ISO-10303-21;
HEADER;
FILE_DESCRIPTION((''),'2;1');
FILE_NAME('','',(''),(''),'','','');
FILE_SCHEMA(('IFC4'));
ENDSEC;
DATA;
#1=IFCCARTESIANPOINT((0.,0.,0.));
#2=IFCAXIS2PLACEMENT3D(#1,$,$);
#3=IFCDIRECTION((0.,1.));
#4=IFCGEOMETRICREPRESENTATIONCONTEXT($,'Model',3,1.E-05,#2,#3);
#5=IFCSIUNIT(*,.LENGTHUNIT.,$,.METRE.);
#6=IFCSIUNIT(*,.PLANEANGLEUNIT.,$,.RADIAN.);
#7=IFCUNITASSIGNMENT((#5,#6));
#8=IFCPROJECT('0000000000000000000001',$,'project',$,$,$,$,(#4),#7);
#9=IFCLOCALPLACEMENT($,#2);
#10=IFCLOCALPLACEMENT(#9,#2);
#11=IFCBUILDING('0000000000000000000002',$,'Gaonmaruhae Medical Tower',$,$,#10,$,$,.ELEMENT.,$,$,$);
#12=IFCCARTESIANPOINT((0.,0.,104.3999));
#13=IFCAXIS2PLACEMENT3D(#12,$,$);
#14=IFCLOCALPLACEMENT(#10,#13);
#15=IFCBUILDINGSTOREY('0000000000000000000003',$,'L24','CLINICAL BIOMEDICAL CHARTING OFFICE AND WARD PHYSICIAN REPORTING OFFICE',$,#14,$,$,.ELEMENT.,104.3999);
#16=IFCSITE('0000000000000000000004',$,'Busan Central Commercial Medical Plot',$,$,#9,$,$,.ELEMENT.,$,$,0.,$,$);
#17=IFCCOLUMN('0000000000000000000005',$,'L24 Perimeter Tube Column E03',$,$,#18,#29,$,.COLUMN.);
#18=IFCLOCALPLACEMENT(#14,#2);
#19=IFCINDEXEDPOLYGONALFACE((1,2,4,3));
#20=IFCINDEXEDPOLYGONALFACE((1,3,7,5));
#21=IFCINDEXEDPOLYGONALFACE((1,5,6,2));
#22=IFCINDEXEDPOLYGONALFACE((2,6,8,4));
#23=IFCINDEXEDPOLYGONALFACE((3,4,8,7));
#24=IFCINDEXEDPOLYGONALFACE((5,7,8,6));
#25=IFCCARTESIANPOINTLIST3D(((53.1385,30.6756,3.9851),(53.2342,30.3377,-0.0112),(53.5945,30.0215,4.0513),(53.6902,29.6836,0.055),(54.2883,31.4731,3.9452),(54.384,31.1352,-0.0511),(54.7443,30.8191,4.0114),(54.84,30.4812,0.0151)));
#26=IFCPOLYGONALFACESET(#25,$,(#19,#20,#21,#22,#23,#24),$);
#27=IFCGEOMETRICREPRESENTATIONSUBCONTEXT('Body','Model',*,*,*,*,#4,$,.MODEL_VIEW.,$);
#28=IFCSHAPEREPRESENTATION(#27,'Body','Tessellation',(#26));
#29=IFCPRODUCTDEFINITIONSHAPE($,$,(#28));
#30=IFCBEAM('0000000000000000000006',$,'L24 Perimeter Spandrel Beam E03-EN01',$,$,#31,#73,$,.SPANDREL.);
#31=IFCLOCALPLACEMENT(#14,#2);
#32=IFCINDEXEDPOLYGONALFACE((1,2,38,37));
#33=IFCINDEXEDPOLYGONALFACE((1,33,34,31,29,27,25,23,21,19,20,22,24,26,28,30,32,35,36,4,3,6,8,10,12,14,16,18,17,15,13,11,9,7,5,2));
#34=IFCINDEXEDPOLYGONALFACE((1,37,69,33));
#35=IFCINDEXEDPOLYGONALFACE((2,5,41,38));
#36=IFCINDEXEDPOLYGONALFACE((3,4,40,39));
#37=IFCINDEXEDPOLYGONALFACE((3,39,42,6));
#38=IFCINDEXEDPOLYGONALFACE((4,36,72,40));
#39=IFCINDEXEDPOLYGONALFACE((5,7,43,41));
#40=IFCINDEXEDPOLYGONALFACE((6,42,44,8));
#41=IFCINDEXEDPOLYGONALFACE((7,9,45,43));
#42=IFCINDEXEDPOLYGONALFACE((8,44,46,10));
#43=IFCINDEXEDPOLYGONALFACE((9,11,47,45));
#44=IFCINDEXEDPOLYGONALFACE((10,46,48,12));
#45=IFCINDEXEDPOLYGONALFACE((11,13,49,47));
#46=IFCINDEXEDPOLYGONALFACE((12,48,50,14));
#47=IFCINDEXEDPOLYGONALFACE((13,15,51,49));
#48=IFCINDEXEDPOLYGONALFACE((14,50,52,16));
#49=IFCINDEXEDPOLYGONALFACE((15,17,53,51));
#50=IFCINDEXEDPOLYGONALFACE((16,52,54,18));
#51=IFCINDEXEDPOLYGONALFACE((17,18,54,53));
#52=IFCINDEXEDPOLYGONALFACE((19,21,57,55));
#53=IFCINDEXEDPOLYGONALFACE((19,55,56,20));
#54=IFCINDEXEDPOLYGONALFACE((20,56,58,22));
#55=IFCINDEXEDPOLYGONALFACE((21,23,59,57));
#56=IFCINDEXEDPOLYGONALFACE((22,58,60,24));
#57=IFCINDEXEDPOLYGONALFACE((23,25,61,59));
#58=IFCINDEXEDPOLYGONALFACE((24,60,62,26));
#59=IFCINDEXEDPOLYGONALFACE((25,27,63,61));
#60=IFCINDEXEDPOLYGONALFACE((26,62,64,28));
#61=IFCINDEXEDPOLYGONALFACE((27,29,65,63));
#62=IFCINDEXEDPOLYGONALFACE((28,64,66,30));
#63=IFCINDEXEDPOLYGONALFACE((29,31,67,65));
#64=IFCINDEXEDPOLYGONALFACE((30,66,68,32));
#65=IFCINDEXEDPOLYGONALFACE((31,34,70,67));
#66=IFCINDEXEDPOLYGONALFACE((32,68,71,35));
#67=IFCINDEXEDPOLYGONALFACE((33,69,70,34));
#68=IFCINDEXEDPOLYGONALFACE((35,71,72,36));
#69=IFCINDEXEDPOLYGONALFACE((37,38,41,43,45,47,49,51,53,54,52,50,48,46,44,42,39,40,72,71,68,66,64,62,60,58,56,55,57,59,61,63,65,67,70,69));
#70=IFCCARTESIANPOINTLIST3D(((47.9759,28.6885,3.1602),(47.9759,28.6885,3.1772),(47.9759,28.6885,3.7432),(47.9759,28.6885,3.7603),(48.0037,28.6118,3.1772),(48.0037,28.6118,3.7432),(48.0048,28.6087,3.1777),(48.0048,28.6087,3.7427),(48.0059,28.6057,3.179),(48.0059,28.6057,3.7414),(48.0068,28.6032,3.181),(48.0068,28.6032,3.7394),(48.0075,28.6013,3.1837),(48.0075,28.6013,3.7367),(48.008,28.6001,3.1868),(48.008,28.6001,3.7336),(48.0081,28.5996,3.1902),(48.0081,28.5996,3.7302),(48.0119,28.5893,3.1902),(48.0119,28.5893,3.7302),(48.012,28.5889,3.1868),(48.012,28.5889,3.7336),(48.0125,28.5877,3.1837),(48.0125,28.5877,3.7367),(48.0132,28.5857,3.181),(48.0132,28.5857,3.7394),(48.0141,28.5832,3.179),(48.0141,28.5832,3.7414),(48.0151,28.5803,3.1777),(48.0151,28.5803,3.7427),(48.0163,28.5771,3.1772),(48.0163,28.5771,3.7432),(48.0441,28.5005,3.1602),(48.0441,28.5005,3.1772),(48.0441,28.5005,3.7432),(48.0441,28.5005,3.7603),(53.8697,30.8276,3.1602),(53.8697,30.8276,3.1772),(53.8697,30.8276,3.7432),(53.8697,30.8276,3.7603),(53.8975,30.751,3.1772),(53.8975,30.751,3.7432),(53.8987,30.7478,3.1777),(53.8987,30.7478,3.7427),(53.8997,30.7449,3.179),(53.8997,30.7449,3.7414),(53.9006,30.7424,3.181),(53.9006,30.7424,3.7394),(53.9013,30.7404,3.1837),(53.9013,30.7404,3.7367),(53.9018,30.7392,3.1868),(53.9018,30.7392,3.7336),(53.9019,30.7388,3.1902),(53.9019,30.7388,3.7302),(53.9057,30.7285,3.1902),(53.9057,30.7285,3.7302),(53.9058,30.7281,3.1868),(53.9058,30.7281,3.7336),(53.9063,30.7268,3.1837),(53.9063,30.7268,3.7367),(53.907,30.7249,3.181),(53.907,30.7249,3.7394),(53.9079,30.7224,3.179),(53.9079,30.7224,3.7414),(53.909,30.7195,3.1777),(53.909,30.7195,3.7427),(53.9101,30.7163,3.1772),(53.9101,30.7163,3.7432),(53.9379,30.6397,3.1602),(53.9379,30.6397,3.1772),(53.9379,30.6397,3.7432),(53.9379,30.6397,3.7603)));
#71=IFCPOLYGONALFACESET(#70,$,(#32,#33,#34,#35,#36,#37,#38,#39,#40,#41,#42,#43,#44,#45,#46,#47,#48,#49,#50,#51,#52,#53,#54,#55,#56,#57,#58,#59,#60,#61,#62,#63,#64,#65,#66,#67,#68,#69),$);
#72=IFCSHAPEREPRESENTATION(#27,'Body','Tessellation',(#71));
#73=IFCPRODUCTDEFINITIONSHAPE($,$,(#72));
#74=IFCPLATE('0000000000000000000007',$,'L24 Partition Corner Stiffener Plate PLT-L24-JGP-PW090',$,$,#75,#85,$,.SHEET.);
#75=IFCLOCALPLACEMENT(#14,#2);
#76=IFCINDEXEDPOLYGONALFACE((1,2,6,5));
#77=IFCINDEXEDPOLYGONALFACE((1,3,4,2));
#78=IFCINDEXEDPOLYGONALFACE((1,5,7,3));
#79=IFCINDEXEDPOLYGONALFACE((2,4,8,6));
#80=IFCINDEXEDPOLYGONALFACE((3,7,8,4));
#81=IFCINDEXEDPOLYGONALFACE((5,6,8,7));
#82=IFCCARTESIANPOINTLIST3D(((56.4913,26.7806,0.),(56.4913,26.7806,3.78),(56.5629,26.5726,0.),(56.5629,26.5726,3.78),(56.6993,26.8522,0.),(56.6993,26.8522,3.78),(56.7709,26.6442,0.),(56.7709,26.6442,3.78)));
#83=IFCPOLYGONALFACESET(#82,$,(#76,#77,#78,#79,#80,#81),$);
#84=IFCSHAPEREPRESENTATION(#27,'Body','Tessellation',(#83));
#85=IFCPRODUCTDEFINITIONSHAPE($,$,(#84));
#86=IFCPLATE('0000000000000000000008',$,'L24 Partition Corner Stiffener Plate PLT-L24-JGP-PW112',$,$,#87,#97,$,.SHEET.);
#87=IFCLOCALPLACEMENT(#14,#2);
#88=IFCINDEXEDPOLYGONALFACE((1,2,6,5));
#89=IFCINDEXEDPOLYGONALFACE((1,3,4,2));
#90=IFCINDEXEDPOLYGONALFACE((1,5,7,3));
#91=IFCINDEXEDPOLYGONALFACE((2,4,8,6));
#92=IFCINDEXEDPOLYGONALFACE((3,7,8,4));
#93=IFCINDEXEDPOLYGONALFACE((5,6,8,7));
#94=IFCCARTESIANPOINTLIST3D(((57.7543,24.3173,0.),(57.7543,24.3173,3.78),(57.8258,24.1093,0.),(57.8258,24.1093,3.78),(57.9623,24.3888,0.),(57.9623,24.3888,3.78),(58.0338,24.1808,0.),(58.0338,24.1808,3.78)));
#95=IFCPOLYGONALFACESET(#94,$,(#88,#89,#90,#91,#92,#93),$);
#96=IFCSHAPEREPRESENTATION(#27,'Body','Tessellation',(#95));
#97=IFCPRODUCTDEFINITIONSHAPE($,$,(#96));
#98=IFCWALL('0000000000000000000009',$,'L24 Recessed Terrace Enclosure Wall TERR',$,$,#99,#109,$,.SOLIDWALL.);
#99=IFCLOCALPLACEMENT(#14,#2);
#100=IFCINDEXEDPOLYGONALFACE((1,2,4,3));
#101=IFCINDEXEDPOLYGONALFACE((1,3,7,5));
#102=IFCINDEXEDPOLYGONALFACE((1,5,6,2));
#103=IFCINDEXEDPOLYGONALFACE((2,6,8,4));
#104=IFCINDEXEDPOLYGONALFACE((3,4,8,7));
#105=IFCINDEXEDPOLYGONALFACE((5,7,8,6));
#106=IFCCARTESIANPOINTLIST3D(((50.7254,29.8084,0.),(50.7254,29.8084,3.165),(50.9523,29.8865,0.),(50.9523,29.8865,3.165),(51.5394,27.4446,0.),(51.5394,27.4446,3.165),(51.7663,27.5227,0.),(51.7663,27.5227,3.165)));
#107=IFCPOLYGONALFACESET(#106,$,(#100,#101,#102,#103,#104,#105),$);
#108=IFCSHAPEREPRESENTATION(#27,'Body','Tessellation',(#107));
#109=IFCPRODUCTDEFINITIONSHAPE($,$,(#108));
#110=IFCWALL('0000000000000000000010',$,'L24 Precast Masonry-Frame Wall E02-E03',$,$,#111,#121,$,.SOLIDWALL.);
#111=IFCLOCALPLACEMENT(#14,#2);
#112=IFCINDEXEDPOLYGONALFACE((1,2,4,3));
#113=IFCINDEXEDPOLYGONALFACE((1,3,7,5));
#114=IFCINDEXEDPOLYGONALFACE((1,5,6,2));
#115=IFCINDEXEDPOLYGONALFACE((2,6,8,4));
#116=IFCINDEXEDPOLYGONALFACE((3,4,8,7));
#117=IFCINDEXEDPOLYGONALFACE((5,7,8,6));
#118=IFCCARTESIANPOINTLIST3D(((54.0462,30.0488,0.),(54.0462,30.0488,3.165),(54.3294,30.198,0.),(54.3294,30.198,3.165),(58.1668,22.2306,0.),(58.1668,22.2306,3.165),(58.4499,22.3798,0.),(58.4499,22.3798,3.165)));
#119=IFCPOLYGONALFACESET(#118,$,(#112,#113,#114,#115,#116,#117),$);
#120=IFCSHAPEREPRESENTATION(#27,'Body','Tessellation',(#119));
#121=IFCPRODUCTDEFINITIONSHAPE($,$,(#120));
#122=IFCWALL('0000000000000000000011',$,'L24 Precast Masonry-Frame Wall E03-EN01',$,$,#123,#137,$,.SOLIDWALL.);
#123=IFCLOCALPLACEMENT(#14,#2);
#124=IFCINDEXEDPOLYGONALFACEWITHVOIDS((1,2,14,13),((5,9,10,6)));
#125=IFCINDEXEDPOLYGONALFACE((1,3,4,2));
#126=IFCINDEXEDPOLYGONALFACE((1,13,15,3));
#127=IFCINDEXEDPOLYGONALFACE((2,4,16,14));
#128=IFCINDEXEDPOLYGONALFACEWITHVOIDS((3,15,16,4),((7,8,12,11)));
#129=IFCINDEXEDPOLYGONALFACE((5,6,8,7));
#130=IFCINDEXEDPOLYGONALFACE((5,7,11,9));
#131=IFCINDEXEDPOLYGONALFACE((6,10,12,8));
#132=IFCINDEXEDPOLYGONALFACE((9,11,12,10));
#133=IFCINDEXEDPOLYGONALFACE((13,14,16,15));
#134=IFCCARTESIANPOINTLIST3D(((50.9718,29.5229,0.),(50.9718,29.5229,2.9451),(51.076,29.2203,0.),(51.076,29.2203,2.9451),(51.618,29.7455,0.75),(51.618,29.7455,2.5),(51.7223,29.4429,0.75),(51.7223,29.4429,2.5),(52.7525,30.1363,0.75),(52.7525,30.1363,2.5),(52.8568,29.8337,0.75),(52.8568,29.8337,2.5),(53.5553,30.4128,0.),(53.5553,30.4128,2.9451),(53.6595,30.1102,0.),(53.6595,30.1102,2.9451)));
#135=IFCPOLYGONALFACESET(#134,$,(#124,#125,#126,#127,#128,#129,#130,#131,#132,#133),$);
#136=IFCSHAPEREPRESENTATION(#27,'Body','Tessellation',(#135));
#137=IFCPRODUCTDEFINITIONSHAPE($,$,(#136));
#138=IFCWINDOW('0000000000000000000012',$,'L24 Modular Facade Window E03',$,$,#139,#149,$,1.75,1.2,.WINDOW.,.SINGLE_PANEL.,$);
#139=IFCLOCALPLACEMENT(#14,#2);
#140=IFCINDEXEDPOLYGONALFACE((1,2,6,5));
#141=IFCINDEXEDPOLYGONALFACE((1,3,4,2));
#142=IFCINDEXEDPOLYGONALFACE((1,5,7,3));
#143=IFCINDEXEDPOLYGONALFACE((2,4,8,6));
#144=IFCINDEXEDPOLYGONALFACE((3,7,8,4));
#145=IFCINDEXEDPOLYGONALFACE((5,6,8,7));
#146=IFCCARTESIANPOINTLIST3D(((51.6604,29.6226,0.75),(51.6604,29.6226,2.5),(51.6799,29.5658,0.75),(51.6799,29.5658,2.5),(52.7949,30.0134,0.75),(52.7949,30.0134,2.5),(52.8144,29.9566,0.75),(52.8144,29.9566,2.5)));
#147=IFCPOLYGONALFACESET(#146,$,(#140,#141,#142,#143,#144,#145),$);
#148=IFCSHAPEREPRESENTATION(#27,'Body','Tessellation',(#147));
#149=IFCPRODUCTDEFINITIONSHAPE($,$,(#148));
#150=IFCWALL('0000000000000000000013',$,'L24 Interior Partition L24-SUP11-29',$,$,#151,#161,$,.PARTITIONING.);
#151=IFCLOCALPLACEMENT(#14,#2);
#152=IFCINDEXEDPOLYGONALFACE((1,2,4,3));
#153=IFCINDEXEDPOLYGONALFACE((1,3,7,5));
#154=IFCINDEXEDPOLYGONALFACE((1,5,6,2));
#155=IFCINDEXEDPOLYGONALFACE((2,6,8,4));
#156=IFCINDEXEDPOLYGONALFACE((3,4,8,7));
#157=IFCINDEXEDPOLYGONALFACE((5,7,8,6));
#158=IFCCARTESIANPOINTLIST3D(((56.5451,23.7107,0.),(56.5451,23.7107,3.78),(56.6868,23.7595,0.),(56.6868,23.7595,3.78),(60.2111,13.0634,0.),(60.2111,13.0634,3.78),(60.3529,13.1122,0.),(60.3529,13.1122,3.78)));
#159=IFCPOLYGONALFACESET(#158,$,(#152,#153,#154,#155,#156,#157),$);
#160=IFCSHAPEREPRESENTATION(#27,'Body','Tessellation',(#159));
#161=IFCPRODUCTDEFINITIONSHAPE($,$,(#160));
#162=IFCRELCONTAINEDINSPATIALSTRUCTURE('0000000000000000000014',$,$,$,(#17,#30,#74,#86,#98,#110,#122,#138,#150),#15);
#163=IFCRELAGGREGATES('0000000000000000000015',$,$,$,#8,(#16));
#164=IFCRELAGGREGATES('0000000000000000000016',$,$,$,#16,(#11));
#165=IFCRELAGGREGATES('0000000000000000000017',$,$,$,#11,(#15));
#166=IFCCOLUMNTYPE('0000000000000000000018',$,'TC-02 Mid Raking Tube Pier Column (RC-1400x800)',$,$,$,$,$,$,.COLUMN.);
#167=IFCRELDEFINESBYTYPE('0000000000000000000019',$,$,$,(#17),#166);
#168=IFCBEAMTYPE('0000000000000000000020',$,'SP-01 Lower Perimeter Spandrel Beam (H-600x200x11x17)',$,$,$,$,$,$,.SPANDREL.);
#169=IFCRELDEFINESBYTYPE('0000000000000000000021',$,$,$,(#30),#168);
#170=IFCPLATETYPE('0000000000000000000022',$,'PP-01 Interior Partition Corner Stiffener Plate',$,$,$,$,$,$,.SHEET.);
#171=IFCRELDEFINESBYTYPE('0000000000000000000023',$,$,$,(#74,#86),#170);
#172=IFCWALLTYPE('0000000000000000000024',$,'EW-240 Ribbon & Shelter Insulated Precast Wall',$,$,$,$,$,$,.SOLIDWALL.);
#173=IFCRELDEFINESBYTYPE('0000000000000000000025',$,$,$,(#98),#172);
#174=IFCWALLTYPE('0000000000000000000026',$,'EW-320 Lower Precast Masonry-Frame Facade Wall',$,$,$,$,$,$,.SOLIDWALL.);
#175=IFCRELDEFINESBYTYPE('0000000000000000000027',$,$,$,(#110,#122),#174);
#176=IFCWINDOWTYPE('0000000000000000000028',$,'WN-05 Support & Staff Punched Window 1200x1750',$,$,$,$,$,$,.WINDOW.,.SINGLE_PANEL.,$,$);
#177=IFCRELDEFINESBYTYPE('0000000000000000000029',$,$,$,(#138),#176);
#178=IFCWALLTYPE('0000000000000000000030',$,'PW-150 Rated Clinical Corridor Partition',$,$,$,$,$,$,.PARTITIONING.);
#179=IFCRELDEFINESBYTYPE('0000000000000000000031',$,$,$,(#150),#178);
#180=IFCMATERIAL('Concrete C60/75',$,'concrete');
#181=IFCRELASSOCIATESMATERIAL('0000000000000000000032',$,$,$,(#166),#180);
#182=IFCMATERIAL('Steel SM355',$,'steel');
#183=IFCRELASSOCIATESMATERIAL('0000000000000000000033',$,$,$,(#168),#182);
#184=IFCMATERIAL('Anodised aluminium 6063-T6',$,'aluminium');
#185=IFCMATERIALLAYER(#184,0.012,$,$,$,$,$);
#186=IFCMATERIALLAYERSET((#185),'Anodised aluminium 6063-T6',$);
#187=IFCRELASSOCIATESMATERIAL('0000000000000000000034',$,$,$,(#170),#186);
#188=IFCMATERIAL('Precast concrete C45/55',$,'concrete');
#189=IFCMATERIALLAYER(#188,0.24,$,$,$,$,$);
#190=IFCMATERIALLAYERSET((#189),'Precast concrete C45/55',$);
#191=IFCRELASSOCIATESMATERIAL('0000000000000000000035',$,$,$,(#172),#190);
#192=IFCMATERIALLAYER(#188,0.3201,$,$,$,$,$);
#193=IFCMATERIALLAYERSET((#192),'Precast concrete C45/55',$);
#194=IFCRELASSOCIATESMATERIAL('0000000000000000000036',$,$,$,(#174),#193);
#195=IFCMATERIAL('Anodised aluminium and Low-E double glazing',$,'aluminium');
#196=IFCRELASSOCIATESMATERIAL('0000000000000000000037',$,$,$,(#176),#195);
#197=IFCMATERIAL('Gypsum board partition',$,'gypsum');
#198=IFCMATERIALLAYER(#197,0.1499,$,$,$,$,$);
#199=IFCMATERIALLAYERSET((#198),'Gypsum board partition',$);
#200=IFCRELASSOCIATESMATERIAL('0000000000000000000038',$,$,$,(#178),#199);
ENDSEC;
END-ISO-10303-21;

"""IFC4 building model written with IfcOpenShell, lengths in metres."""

from ifc_helpers import new_model, si_unit, direction, frame, frame_2d, origin, origin_2d, place, context, subcontext, project, spatial, rectangle, i_section, extrude, material, layer, layer_set, material_profile, profile_set, type_object, element, fill, save


model = new_model("IFC4")

# Units and contexts
model_context = context("Model", 3, precision=1e-05, world=origin(), true_north=direction((0.0, 1.0)))
body_context = subcontext(model_context, "Body", "Model", "MODEL_VIEW")
ifc_project = project(units=[si_unit("LENGTHUNIT", "METRE"), si_unit("PLANEANGLEUNIT", "RADIAN")], contexts=[model_context])

# Site, building, storey
site_placement = place(None, origin())
site = spatial("IfcSite", under=ifc_project, at=site_placement, Name="Busan Central Commercial Medical Plot", CompositionType="ELEMENT", RefElevation=0.0)
building_placement = place(site_placement, origin())
building = spatial("IfcBuilding", under=site, at=building_placement, Name="Gaonmaruhae Medical Tower", CompositionType="ELEMENT")
storey_placement = place(building_placement, frame((0.0, 0.0, 104.3999)))
storey = spatial("IfcBuildingStorey", under=building, at=storey_placement, Name="L24", Description="CLINICAL BIOMEDICAL CHARTING OFFICE AND WARD PHYSICIAN REPORTING OFFICE", CompositionType="ELEMENT", Elevation=104.3999)

# Column
ifc_material_1 = material(Name="Concrete C60/75", Category="concrete")
ifc_material_profile_1 = material_profile(ifc_material_1, rectangle(XDim=1.3999, YDim=0.8, at=origin_2d()), Name="RC-1400x800")
ifc_profile_set_1 = profile_set([ifc_material_profile_1], Name="Concrete C60/75")
column_type = type_object("IfcColumnType", Name="TC-02 Mid Raking Tube Pier Column (RC-1400x800)", PredefinedType="COLUMN", material=ifc_profile_set_1)
column_placement = place(storey_placement, frame((54.0371, 30.4094, 0.002), z_axis=(-0.023856, 0.084225, 0.996161), x_axis=(-0.821349, -0.569713, 0.0285)))
element("IfcColumn", 1, at=column_placement, inside=storey, type_object=column_type, Name="L24 Perimeter Tube Column E03", PredefinedType="COLUMN", context=body_context, shape_type="SweptSolid", body=[
    extrude(rectangle(XDim=1.3999, YDim=0.8, at=origin_2d()), origin(), (0.0, 0.0, 1.0), 4.0117),
])

# Beam
ifc_material_2 = material(Name="Steel SM355", Category="steel")
ifc_material_profile_2 = material_profile(ifc_material_2, i_section(OverallWidth=0.2, OverallDepth=0.6001, WebThickness=0.011, FlangeThickness=0.0171, FilletRadius=0.0129, at=origin_2d()), Name="H-600x200x11x17")
ifc_profile_set_2 = profile_set([ifc_material_profile_2], Name="Steel SM355")
beam_type = type_object("IfcBeamType", Name="SP-01 Lower Perimeter Spandrel Beam (H-600x200x11x17)", PredefinedType="SPANDREL", material=ifc_profile_set_2)
beam_placement = place(storey_placement, frame((53.9038, 30.7336, 3.4602), z_axis=(-0.94, -0.341174, 0.0), x_axis=(0.341174, -0.94, 0.0)))
element("IfcBeam", 2, at=beam_placement, inside=storey, type_object=beam_type, Name="L24 Perimeter Spandrel Beam E03-EN01", PredefinedType="SPANDREL", context=body_context, shape_type="SweptSolid", body=[
    extrude(i_section(OverallWidth=0.2, OverallDepth=0.6001, WebThickness=0.011, FlangeThickness=0.0171, FilletRadius=0.0129, at=origin_2d()), origin(), (0.0, 0.0, 1.0), 6.27),
])

# Plates
ifc_material_3 = material(Name="Anodised aluminium 6063-T6", Category="aluminium")
ifc_layer_1 = layer(ifc_material_3, 0.012)
ifc_layer_set_1 = layer_set([ifc_layer_1], Name="Anodised aluminium 6063-T6")
plate_type = type_object("IfcPlateType", Name="PP-01 Interior Partition Corner Stiffener Plate", PredefinedType="SHEET", material=ifc_layer_set_1)
for number, where, z_axis, x_axis, name in (
    (3, (56.6311, 26.7124, 0.0), (0.0, 0.0, 1.0), (-0.945575, -0.325403, 0.0), "L24 Partition Corner Stiffener Plate PLT-L24-JGP-PW090"),
    (4, (57.894, 24.249, 0.0), (0.0, 0.0, 1.0), (0.945712, 0.325007, 0.0), "L24 Partition Corner Stiffener Plate PLT-L24-JGP-PW112"),
):
    element("IfcPlate", number, at=place(storey_placement, frame(where, z_axis=z_axis, x_axis=x_axis)), inside=storey, type_object=plate_type, Name=name, PredefinedType="SHEET", context=body_context, shape_type="SweptSolid", body=[
        extrude(rectangle(XDim=0.22, YDim=0.22, at=origin_2d()), origin(), (0.0, 0.0, 1.0), 3.78),
    ])

# Walls
ifc_material_4 = material(Name="Precast concrete C45/55", Category="concrete")
ifc_layer_2 = layer(ifc_material_4, 0.24)
ifc_layer_set_2 = layer_set([ifc_layer_2], Name="Precast concrete C45/55")
wall_type_1 = type_object("IfcWallType", Name="EW-240 Ribbon & Shelter Insulated Precast Wall", PredefinedType="SOLIDWALL", material=ifc_layer_set_2)
wall_1_placement = place(storey_placement, frame((51.6528, 27.4836, 0.0), z_axis=(0.0, 0.0, 1.0), x_axis=(-0.325587, 0.945512, 0.0)))
element("IfcWall", 5, at=wall_1_placement, inside=storey, type_object=wall_type_1, Name="L24 Recessed Terrace Enclosure Wall TERR", PredefinedType="SOLIDWALL", context=body_context, shape_type="SweptSolid", body=[
    extrude(rectangle(XDim=2.5, YDim=0.24, at=frame_2d((1.25, 0.0))), origin(), (0.0, 0.0, 1.0), 3.165),
])
ifc_layer_3 = layer(ifc_material_4, 0.3201)
ifc_layer_set_3 = layer_set([ifc_layer_3], Name="Precast concrete C45/55")
wall_type_2 = type_object("IfcWallType", Name="EW-320 Lower Precast Masonry-Frame Facade Wall", PredefinedType="SOLIDWALL", material=ifc_layer_set_3)
wall_2_placement = place(storey_placement, frame((54.1877, 30.1235, 0.0), z_axis=(0.0, 0.0, 1.0), x_axis=(0.46625, -0.884653, 0.0)))
element("IfcWall", 6, at=wall_2_placement, inside=storey, type_object=wall_type_2, Name="L24 Precast Masonry-Frame Wall E02-E03", PredefinedType="SOLIDWALL", context=body_context, shape_type="SweptSolid", body=[
    extrude(rectangle(XDim=8.8376, YDim=0.3201, at=frame_2d((4.4189, 0.0))), origin(), (0.0, 0.0, 1.0), 3.165),
])

# Wall, opening, window
wall_3_placement = place(storey_placement, frame((51.0239, 29.3716, 0.0), z_axis=(0.0, 0.0, 1.0), x_axis=(0.945482, 0.325674, 0.0)))
wall_3 = element("IfcWall", 7, at=wall_3_placement, inside=storey, type_object=wall_type_2, Name="L24 Precast Masonry-Frame Wall E03-EN01", PredefinedType="SOLIDWALL", context=body_context, shape_type="SweptSolid", body=[
    extrude(rectangle(XDim=2.7324, YDim=0.3201, at=frame_2d((1.3662, 0.0))), origin(), (0.0, 0.0, 1.0), 2.9451),
])
opening_1_placement = place(wall_3_placement, frame((0.6833, 0.0, 0.75)))
opening_1 = element("IfcOpeningElement", 8, at=opening_1_placement, cuts=wall_3, PredefinedType="OPENING", context=body_context, shape_type="SweptSolid", body=[
    extrude(rectangle(XDim=1.2, YDim=1.75, at=frame_2d((0.6001, 0.875))), frame((0.0, 0.1699, 0.0), z_axis=(0.0, -1.0, 0.0), x_axis=(1.0, 0.0, 0.0)), (0.0, 0.0, 1.0), 0.3401),
])
ifc_material_5 = material(Name="Anodised aluminium and Low-E double glazing", Category="aluminium")
window_type = type_object("IfcWindowType", Name="WN-05 Support & Staff Punched Window 1200x1750", PartitioningType="SINGLE_PANEL", PredefinedType="WINDOW", material=ifc_material_5)
window_placement = place(opening_1_placement, origin())
window = element("IfcWindow", 9, at=window_placement, inside=storey, type_object=window_type, Name="L24 Modular Facade Window E03", OverallHeight=1.75, OverallWidth=1.2, PartitioningType="SINGLE_PANEL", PredefinedType="WINDOW", context=body_context, shape_type="SweptSolid", body=[
    extrude(rectangle(XDim=1.2, YDim=1.75, at=frame_2d((0.6001, 0.875))), frame((0.0, 0.03, 0.0), z_axis=(0.0, -1.0, 0.0), x_axis=(1.0, 0.0, 0.0)), (0.0, 0.0, 1.0), 0.0601),
])
fill(opening_1, window)

# Wall
ifc_material_6 = material(Name="Gypsum board partition", Category="gypsum")
ifc_layer_4 = layer(ifc_material_6, 0.1499)
ifc_layer_set_4 = layer_set([ifc_layer_4], Name="Gypsum board partition")
wall_type_3 = type_object("IfcWallType", Name="PW-150 Rated Clinical Corridor Partition", PredefinedType="PARTITIONING", material=ifc_layer_set_4)
wall_4_placement = place(storey_placement, frame((56.616, 23.7351, 0.0), z_axis=(0.0, 0.0, 1.0), x_axis=(0.325559, -0.945522, 0.0)))
element("IfcWall", 10, at=wall_4_placement, inside=storey, type_object=wall_type_3, Name="L24 Interior Partition L24-SUP11-29", PredefinedType="PARTITIONING", context=body_context, shape_type="SweptSolid", body=[
    extrude(rectangle(XDim=11.2607, YDim=0.1499, at=frame_2d((5.6304, 0.0))), origin(), (0.0, 0.0, 1.0), 3.78),
])

save(model, "model.ifc")
